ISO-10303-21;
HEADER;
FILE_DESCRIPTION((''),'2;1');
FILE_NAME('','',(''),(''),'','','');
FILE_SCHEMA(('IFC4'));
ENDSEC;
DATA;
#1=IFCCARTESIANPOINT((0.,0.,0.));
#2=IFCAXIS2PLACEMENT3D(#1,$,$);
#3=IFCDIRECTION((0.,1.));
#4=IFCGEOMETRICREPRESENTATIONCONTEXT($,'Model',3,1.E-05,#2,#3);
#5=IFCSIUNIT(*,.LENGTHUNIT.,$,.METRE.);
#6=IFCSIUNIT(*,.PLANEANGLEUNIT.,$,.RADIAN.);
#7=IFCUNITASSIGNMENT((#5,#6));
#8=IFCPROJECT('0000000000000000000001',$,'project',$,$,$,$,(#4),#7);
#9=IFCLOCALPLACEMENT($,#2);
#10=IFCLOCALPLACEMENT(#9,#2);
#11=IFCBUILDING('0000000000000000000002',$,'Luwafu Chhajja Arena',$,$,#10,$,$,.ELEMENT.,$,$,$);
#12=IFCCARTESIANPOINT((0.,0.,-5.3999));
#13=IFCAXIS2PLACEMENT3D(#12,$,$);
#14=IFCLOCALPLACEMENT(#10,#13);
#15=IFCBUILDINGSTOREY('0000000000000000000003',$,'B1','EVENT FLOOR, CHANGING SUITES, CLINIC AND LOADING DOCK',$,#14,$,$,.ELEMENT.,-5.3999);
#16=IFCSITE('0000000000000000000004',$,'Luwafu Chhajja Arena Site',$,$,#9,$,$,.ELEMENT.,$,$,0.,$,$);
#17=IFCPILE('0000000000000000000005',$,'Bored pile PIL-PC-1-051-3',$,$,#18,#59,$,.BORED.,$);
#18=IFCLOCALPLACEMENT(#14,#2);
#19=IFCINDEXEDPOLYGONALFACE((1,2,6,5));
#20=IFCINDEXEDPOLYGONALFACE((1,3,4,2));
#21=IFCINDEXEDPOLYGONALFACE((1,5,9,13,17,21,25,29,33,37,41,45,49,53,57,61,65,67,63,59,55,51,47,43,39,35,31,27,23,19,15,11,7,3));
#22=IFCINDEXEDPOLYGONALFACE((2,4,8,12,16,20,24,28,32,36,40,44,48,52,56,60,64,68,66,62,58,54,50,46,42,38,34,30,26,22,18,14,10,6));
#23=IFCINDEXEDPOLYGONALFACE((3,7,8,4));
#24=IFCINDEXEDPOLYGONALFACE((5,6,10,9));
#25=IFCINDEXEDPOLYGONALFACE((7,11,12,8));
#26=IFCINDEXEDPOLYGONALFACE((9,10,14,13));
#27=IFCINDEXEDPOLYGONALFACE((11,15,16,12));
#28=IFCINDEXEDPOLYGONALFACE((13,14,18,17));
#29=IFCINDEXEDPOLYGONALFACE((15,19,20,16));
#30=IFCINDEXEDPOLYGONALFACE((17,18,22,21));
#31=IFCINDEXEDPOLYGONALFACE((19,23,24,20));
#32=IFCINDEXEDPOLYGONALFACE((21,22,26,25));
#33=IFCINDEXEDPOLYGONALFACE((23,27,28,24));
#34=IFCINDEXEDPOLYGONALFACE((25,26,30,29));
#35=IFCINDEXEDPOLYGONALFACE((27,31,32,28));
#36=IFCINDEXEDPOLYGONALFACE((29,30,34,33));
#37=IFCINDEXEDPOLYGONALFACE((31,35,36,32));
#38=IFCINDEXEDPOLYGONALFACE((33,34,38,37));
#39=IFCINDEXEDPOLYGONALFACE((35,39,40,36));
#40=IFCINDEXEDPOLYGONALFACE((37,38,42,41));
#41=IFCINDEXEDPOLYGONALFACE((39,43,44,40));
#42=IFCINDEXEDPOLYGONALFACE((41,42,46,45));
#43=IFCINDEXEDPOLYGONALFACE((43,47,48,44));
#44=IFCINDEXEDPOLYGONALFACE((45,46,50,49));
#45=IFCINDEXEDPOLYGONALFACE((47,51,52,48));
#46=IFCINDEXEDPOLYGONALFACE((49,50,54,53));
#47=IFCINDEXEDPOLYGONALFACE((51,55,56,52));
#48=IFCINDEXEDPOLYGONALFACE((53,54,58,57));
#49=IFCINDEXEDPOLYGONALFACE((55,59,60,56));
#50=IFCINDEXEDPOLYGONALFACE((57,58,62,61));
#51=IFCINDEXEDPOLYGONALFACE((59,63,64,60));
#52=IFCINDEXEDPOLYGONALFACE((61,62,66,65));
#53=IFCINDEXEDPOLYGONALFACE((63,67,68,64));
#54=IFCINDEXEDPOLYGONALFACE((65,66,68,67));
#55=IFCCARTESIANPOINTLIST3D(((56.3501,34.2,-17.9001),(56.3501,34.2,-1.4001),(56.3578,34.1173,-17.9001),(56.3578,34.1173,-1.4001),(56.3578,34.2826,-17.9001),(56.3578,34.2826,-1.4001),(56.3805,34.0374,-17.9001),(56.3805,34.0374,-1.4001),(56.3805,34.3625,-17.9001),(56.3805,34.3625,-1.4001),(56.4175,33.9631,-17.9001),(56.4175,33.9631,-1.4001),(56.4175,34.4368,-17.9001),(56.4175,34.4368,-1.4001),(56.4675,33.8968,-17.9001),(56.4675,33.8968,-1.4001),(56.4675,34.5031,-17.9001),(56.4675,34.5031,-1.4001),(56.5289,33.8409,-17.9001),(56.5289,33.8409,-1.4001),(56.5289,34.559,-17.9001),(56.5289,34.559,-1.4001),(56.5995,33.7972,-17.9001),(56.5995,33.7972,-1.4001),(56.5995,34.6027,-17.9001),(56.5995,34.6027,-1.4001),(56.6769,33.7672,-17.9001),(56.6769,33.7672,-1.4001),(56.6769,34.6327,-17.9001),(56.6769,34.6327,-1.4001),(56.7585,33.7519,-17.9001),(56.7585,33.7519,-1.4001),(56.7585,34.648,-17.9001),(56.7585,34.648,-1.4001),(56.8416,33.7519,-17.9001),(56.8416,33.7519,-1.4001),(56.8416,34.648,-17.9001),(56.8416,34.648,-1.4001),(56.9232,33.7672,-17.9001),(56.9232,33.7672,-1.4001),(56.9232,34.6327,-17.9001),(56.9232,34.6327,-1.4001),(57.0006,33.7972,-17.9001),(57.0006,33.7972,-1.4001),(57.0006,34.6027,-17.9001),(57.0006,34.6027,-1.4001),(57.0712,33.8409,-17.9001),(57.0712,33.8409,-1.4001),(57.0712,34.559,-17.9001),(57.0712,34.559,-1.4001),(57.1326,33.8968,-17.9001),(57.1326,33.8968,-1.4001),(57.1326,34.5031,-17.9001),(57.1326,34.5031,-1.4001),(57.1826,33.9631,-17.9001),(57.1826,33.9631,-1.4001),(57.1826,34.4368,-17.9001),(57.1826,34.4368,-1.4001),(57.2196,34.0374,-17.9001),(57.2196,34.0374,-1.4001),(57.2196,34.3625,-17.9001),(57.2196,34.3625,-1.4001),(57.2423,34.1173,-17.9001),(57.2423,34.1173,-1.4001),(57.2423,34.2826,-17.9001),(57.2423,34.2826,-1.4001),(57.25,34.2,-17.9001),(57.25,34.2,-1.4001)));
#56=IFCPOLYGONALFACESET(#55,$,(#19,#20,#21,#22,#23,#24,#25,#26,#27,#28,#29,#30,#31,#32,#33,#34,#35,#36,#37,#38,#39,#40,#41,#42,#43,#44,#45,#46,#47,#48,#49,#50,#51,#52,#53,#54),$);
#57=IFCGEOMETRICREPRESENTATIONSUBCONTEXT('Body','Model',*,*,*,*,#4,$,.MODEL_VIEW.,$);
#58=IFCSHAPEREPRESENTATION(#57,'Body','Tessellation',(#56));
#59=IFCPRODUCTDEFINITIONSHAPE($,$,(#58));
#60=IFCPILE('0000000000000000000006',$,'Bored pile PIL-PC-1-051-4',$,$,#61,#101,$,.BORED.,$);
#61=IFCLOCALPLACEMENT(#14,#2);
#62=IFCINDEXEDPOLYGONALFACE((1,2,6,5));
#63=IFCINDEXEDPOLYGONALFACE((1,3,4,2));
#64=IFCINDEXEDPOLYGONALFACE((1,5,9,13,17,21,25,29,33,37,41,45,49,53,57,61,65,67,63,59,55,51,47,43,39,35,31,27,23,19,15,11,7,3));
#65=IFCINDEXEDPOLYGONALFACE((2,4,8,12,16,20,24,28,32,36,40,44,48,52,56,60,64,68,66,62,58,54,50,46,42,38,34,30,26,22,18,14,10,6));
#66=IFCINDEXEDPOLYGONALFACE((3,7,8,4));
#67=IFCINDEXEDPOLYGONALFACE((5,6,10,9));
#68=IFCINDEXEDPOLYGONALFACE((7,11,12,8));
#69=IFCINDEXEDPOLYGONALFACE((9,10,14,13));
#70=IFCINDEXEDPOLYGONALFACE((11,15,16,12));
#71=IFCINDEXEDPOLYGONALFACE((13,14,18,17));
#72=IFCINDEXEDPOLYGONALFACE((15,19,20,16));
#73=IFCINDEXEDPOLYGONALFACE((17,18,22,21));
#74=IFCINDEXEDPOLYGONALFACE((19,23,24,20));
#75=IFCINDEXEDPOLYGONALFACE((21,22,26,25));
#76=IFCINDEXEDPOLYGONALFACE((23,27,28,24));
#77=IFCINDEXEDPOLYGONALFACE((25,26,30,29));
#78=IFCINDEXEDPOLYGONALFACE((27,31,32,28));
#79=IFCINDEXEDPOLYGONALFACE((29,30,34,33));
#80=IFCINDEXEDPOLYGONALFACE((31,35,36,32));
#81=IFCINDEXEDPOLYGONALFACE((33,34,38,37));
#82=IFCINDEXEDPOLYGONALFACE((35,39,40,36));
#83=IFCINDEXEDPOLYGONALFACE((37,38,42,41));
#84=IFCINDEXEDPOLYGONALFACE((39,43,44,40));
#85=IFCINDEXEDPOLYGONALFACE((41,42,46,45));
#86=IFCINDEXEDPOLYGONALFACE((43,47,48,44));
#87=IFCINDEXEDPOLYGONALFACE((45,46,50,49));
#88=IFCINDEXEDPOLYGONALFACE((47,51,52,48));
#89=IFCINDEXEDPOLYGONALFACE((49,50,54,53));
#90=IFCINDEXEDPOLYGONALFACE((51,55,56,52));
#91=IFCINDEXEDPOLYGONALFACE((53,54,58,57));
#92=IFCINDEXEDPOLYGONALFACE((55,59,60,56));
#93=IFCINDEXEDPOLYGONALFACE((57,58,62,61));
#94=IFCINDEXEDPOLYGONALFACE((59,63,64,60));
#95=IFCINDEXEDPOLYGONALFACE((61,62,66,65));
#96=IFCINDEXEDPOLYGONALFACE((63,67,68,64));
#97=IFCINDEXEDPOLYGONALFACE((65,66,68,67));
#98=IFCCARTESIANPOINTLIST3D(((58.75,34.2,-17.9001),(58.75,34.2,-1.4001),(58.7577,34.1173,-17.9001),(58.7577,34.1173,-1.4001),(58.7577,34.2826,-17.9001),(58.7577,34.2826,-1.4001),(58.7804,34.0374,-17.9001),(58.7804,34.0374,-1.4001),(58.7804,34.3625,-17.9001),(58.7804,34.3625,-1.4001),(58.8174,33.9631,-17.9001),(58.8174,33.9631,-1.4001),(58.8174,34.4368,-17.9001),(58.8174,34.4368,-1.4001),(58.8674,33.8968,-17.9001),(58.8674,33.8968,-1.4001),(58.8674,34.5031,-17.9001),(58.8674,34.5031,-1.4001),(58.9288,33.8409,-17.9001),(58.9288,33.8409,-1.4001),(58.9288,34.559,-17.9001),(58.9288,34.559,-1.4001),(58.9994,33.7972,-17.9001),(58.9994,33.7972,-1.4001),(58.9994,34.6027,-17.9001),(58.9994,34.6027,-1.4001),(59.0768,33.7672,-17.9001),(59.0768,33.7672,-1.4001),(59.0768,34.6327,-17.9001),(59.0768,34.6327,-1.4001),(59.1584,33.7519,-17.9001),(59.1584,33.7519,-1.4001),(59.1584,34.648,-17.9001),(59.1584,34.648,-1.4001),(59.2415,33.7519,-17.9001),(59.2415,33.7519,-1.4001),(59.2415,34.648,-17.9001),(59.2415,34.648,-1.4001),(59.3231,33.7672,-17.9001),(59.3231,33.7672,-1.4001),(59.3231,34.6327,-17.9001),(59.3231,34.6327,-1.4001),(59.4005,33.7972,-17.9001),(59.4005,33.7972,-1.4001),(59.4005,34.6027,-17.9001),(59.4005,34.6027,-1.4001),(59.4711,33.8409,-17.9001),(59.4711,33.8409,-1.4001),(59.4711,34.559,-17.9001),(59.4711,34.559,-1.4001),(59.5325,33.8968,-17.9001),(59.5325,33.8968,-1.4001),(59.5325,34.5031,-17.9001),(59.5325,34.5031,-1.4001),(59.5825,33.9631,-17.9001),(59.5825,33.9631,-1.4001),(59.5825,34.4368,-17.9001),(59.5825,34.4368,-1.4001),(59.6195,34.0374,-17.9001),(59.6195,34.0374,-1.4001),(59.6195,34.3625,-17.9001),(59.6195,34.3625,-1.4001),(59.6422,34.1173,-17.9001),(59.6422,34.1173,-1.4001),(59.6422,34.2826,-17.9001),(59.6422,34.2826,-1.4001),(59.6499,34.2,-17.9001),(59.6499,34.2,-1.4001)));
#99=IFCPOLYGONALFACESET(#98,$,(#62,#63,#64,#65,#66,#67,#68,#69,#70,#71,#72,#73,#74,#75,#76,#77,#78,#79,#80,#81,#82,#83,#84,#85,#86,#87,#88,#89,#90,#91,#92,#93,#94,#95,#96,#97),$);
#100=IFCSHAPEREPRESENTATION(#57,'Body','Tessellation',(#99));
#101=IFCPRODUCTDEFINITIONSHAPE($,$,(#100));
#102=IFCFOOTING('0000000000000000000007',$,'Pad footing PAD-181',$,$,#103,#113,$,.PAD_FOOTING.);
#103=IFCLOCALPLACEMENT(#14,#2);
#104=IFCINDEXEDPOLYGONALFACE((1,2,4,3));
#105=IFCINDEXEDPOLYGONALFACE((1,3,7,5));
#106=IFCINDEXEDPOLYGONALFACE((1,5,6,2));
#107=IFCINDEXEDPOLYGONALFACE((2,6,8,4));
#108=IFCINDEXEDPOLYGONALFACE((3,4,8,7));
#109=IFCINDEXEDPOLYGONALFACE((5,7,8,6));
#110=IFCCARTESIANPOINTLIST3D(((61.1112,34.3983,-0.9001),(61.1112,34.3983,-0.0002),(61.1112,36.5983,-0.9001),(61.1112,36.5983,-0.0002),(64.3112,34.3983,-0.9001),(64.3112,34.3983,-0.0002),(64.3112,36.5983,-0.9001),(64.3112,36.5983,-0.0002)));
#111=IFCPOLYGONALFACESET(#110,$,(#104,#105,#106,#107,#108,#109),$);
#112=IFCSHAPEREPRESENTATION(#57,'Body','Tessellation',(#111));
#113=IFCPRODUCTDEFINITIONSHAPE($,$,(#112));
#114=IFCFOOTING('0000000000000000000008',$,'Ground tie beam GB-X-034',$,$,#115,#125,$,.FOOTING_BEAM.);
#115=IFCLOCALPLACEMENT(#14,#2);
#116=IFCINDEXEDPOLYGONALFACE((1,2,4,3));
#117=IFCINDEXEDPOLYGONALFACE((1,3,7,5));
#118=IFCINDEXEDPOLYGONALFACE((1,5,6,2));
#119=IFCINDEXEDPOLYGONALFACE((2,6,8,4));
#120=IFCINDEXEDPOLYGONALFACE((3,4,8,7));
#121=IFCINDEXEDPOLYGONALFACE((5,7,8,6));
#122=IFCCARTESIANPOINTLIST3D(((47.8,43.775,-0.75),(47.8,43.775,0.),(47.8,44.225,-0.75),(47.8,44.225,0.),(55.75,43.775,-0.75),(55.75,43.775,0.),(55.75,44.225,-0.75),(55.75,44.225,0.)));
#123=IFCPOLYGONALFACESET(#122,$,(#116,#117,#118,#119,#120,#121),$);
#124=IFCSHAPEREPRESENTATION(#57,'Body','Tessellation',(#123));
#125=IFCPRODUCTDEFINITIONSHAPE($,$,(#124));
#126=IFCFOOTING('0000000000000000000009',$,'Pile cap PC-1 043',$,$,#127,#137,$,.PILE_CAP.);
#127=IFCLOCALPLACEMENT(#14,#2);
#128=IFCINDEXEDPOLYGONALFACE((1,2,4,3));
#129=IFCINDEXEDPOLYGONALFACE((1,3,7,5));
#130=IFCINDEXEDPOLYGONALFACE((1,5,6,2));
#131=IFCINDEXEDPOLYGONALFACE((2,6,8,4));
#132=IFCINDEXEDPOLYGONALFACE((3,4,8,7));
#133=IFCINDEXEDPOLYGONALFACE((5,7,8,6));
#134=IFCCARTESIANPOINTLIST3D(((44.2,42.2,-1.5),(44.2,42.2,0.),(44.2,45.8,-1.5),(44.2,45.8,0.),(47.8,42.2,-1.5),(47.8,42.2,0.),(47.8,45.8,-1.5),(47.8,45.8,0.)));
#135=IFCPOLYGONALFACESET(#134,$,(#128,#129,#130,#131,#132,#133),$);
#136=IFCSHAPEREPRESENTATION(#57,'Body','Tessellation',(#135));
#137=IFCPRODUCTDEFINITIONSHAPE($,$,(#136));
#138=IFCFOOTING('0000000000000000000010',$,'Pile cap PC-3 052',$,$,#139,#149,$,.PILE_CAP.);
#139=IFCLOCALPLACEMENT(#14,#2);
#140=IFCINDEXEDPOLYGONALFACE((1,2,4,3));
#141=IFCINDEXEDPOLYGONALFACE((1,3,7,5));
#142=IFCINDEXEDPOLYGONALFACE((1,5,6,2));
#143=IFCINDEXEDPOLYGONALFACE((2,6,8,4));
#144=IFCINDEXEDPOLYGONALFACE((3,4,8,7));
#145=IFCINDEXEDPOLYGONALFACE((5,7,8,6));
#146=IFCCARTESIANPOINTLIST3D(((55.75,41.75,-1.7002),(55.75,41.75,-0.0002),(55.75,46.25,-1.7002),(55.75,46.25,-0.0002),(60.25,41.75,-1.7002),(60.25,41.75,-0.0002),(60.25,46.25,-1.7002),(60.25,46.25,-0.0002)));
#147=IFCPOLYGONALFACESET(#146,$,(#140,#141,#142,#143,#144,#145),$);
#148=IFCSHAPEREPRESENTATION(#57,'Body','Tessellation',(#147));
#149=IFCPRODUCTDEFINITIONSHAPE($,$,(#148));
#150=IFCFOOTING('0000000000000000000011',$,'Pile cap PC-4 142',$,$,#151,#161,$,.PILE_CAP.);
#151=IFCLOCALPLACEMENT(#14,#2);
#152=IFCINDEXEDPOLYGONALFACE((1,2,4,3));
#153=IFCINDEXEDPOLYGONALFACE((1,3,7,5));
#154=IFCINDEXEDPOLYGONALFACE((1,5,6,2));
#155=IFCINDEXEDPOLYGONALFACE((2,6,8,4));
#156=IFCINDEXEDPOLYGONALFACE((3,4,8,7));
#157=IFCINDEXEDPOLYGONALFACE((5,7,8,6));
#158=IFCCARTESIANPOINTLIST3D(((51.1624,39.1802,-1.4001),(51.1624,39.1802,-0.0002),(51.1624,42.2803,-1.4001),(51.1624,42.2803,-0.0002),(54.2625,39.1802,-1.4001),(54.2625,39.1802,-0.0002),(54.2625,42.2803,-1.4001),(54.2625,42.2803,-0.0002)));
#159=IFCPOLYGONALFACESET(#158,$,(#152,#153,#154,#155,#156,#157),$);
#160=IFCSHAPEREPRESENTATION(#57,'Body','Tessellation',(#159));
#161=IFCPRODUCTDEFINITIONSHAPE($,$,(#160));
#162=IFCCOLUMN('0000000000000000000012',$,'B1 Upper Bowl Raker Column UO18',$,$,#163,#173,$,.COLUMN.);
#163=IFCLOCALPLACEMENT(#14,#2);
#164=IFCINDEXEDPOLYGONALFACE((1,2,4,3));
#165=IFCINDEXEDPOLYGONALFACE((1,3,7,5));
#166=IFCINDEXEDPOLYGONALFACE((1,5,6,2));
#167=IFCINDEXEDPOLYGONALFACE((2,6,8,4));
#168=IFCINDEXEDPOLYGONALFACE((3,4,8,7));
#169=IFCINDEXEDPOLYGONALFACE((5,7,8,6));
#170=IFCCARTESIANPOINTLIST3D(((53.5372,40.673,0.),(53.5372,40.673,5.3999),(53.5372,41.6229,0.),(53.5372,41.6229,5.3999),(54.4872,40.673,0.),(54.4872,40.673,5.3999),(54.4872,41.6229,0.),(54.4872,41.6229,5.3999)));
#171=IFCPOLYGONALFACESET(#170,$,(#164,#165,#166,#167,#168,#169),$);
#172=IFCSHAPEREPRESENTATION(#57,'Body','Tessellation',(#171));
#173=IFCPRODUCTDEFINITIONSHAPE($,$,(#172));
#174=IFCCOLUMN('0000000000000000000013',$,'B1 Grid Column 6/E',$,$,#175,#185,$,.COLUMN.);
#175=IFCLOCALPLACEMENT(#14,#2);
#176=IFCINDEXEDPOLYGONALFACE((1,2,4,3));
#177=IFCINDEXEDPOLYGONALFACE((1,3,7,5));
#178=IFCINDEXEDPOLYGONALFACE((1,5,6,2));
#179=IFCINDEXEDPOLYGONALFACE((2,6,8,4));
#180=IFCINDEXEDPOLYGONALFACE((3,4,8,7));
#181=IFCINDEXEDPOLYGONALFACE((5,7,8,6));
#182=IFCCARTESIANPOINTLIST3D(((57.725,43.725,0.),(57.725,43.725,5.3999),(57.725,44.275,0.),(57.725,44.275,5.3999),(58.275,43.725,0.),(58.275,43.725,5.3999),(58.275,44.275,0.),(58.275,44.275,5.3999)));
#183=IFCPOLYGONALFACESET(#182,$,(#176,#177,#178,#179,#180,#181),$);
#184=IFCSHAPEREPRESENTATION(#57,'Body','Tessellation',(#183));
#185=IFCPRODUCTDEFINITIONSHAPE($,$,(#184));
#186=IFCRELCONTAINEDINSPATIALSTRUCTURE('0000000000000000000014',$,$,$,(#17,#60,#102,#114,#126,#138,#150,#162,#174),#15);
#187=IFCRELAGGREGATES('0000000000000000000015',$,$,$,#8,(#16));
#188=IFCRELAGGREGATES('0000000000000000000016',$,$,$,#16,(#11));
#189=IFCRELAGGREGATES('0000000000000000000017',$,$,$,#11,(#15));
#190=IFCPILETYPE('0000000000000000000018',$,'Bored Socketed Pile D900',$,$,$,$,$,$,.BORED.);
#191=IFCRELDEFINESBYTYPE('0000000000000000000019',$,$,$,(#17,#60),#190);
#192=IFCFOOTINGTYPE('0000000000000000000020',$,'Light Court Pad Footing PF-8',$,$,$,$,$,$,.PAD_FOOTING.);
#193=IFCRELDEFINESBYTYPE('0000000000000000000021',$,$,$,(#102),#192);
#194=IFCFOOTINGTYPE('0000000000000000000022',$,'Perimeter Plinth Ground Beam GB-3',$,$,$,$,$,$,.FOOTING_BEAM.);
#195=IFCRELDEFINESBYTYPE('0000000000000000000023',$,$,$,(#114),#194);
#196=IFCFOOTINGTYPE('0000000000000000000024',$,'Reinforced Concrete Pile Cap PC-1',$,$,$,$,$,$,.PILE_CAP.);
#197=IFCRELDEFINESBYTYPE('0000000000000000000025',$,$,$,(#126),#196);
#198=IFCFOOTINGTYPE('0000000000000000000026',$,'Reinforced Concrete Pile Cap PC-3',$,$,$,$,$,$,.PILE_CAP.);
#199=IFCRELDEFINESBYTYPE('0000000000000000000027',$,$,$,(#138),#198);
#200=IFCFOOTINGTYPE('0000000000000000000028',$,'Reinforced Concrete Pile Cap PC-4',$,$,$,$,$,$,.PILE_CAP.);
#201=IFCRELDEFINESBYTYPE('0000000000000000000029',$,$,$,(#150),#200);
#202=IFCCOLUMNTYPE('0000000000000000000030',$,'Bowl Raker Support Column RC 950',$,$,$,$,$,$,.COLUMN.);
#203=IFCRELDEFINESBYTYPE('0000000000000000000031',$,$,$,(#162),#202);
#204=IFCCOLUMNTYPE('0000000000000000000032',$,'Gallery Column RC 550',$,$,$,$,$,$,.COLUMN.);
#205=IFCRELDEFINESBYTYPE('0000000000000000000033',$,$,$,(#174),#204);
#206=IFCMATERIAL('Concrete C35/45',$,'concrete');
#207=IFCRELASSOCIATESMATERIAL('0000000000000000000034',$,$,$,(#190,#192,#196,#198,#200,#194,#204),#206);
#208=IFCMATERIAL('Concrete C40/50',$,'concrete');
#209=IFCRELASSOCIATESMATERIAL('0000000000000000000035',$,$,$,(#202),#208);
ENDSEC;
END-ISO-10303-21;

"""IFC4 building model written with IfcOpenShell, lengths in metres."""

from ifc_helpers import new_model, si_unit, direction, frame, origin, origin_2d, place, context, subcontext, project, spatial, rectangle, circle, extrude, material, material_profile, profile_set, type_object, element, save


model = new_model("IFC4")

# Units and contexts
model_context = context("Model", 3, precision=1e-05, world=origin(), true_north=direction((0.0, 1.0)))
body_context = subcontext(model_context, "Body", "Model", "MODEL_VIEW")
ifc_project = project(units=[si_unit("LENGTHUNIT", "METRE"), si_unit("PLANEANGLEUNIT", "RADIAN")], contexts=[model_context])

# Site, building, storey
site_placement = place(None, origin())
site = spatial("IfcSite", under=ifc_project, at=site_placement, Name="Luwafu Chhajja Arena Site", CompositionType="ELEMENT", RefElevation=0.0)
building_placement = place(site_placement, origin())
building = spatial("IfcBuilding", under=site, at=building_placement, Name="Luwafu Chhajja Arena", CompositionType="ELEMENT")
storey_placement = place(building_placement, frame((0.0, 0.0, -5.3999)))
storey = spatial("IfcBuildingStorey", under=building, at=storey_placement, Name="B1", Description="EVENT FLOOR, CHANGING SUITES, CLINIC AND LOADING DOCK", CompositionType="ELEMENT", Elevation=-5.3999)

# Shared definitions
ifc_material_1 = material(Name="Concrete C35/45", Category="concrete")

# Piles
ifc_material_profile_1 = material_profile(ifc_material_1, circle(Radius=0.45, at=origin_2d()), Name="PILE D900")
ifc_profile_set_1 = profile_set([ifc_material_profile_1], Name="Concrete C35/45")
pile_type_1 = type_object("IfcPileType", Name="Bored Socketed Pile D900", PredefinedType="BORED", material=ifc_profile_set_1)
for number, where, z_axis, x_axis, name in (
    (1, (56.8, 34.2, -1.4001), (0.0, 0.0, -1.0), (1.0, 0.0, 0.0), "Bored pile PIL-PC-1-051-3"),
    (2, (59.2, 34.2, -1.4001), (0.0, 0.0, -1.0), (1.0, 0.0, 0.0), "Bored pile PIL-PC-1-051-4"),
):
    element("IfcPile", number, at=place(storey_placement, frame(where, z_axis=z_axis, x_axis=x_axis)), inside=storey, type_object=pile_type_1, Name=name, PredefinedType="BORED", context=body_context, shape_type="SweptSolid", body=[
        extrude(circle(Radius=0.45, at=origin_2d()), origin(), (0.0, 0.0, 1.0), 16.5),
    ])

# Footings
footing_type_1 = type_object("IfcFootingType", Name="Light Court Pad Footing PF-8", PredefinedType="PAD_FOOTING", material=ifc_material_1)
footing_1_placement = place(storey_placement, frame((62.7112, 35.4983, -0.9001), z_axis=(0.0, 0.0, 1.0), x_axis=(1.0, 0.0, 0.0)))
element("IfcFooting", 3, at=footing_1_placement, inside=storey, type_object=footing_type_1, Name="Pad footing PAD-181", PredefinedType="PAD_FOOTING", context=body_context, shape_type="SweptSolid", body=[
    extrude(rectangle(XDim=3.2, YDim=2.2, at=origin_2d()), origin(), (0.0, 0.0, 1.0), 0.8999),
])
ifc_material_profile_2 = material_profile(ifc_material_1, rectangle(XDim=0.45, YDim=0.75, at=origin_2d()), Name="RC 450x750")
ifc_profile_set_2 = profile_set([ifc_material_profile_2], Name="Concrete C35/45")
footing_type_2 = type_object("IfcFootingType", Name="Perimeter Plinth Ground Beam GB-3", PredefinedType="FOOTING_BEAM", material=ifc_profile_set_2)
footing_2_placement = place(storey_placement, frame((47.8, 44.0, -0.375), z_axis=(1.0, 0.0, 0.0), x_axis=(0.0, 1.0, 0.0)))
element("IfcFooting", 4, at=footing_2_placement, inside=storey, type_object=footing_type_2, Name="Ground tie beam GB-X-034", PredefinedType="FOOTING_BEAM", context=body_context, shape_type="SweptSolid", body=[
    extrude(rectangle(XDim=0.45, YDim=0.75, at=origin_2d()), origin(), (0.0, 0.0, 1.0), 7.95),
])
footing_type_3 = type_object("IfcFootingType", Name="Reinforced Concrete Pile Cap PC-1", PredefinedType="PILE_CAP", material=ifc_material_1)
footing_3_placement = place(storey_placement, frame((46.0, 44.0, -1.5), z_axis=(0.0, 0.0, 1.0), x_axis=(1.0, 0.0, 0.0)))
element("IfcFooting", 5, at=footing_3_placement, inside=storey, type_object=footing_type_3, Name="Pile cap PC-1 043", PredefinedType="PILE_CAP", context=body_context, shape_type="SweptSolid", body=[
    extrude(rectangle(XDim=3.6001, YDim=3.6001, at=origin_2d()), origin(), (0.0, 0.0, 1.0), 1.5),
])
footing_type_4 = type_object("IfcFootingType", Name="Reinforced Concrete Pile Cap PC-3", PredefinedType="PILE_CAP", material=ifc_material_1)
footing_4_placement = place(storey_placement, frame((58.0, 44.0, -1.7002), z_axis=(0.0, 0.0, 1.0), x_axis=(1.0, 0.0, 0.0)))
element("IfcFooting", 6, at=footing_4_placement, inside=storey, type_object=footing_type_4, Name="Pile cap PC-3 052", PredefinedType="PILE_CAP", context=body_context, shape_type="SweptSolid", body=[
    extrude(rectangle(XDim=4.5, YDim=4.5, at=origin_2d()), origin(), (0.0, 0.0, 1.0), 1.7),
])
footing_type_5 = type_object("IfcFootingType", Name="Reinforced Concrete Pile Cap PC-4", PredefinedType="PILE_CAP", material=ifc_material_1)
footing_5_placement = place(storey_placement, frame((52.7124, 40.7302, -1.4001), z_axis=(0.0, 0.0, 1.0), x_axis=(1.0, 0.0, 0.0)))
element("IfcFooting", 7, at=footing_5_placement, inside=storey, type_object=footing_type_5, Name="Pile cap PC-4 142", PredefinedType="PILE_CAP", context=body_context, shape_type="SweptSolid", body=[
    extrude(rectangle(XDim=3.1001, YDim=3.1001, at=origin_2d()), origin(), (0.0, 0.0, 1.0), 1.3999),
])

# Columns
ifc_material_2 = material(Name="Concrete C40/50", Category="concrete")
ifc_material_profile_3 = material_profile(ifc_material_2, rectangle(XDim=0.95, YDim=0.95, at=origin_2d()), Name="RC 950x950")
ifc_profile_set_3 = profile_set([ifc_material_profile_3], Name="Concrete C40/50")
column_type_1 = type_object("IfcColumnType", Name="Bowl Raker Support Column RC 950", PredefinedType="COLUMN", material=ifc_profile_set_3)
column_1_placement = place(storey_placement, frame((54.0122, 41.1479, 0.0), z_axis=(0.0, 0.0, 1.0), x_axis=(1.0, 0.0, 0.0)))
element("IfcColumn", 8, at=column_1_placement, inside=storey, type_object=column_type_1, Name="B1 Upper Bowl Raker Column UO18", PredefinedType="COLUMN", context=body_context, shape_type="SweptSolid", body=[
    extrude(rectangle(XDim=0.95, YDim=0.95, at=origin_2d()), origin(), (0.0, 0.0, 1.0), 5.3999),
])
ifc_material_profile_4 = material_profile(ifc_material_1, rectangle(XDim=0.55, YDim=0.55, at=origin_2d()), Name="RC 550x550")
ifc_profile_set_4 = profile_set([ifc_material_profile_4], Name="Concrete C35/45")
column_type_2 = type_object("IfcColumnType", Name="Gallery Column RC 550", PredefinedType="COLUMN", material=ifc_profile_set_4)
column_2_placement = place(storey_placement, frame((58.0, 44.0, 0.0), z_axis=(0.0, 0.0, 1.0), x_axis=(1.0, 0.0, 0.0)))
element("IfcColumn", 9, at=column_2_placement, inside=storey, type_object=column_type_2, Name="B1 Grid Column 6/E", PredefinedType="COLUMN", context=body_context, shape_type="SweptSolid", body=[
    extrude(rectangle(XDim=0.55, YDim=0.55, at=origin_2d()), origin(), (0.0, 0.0, 1.0), 5.3999),
])

save(model, "model.ifc")
